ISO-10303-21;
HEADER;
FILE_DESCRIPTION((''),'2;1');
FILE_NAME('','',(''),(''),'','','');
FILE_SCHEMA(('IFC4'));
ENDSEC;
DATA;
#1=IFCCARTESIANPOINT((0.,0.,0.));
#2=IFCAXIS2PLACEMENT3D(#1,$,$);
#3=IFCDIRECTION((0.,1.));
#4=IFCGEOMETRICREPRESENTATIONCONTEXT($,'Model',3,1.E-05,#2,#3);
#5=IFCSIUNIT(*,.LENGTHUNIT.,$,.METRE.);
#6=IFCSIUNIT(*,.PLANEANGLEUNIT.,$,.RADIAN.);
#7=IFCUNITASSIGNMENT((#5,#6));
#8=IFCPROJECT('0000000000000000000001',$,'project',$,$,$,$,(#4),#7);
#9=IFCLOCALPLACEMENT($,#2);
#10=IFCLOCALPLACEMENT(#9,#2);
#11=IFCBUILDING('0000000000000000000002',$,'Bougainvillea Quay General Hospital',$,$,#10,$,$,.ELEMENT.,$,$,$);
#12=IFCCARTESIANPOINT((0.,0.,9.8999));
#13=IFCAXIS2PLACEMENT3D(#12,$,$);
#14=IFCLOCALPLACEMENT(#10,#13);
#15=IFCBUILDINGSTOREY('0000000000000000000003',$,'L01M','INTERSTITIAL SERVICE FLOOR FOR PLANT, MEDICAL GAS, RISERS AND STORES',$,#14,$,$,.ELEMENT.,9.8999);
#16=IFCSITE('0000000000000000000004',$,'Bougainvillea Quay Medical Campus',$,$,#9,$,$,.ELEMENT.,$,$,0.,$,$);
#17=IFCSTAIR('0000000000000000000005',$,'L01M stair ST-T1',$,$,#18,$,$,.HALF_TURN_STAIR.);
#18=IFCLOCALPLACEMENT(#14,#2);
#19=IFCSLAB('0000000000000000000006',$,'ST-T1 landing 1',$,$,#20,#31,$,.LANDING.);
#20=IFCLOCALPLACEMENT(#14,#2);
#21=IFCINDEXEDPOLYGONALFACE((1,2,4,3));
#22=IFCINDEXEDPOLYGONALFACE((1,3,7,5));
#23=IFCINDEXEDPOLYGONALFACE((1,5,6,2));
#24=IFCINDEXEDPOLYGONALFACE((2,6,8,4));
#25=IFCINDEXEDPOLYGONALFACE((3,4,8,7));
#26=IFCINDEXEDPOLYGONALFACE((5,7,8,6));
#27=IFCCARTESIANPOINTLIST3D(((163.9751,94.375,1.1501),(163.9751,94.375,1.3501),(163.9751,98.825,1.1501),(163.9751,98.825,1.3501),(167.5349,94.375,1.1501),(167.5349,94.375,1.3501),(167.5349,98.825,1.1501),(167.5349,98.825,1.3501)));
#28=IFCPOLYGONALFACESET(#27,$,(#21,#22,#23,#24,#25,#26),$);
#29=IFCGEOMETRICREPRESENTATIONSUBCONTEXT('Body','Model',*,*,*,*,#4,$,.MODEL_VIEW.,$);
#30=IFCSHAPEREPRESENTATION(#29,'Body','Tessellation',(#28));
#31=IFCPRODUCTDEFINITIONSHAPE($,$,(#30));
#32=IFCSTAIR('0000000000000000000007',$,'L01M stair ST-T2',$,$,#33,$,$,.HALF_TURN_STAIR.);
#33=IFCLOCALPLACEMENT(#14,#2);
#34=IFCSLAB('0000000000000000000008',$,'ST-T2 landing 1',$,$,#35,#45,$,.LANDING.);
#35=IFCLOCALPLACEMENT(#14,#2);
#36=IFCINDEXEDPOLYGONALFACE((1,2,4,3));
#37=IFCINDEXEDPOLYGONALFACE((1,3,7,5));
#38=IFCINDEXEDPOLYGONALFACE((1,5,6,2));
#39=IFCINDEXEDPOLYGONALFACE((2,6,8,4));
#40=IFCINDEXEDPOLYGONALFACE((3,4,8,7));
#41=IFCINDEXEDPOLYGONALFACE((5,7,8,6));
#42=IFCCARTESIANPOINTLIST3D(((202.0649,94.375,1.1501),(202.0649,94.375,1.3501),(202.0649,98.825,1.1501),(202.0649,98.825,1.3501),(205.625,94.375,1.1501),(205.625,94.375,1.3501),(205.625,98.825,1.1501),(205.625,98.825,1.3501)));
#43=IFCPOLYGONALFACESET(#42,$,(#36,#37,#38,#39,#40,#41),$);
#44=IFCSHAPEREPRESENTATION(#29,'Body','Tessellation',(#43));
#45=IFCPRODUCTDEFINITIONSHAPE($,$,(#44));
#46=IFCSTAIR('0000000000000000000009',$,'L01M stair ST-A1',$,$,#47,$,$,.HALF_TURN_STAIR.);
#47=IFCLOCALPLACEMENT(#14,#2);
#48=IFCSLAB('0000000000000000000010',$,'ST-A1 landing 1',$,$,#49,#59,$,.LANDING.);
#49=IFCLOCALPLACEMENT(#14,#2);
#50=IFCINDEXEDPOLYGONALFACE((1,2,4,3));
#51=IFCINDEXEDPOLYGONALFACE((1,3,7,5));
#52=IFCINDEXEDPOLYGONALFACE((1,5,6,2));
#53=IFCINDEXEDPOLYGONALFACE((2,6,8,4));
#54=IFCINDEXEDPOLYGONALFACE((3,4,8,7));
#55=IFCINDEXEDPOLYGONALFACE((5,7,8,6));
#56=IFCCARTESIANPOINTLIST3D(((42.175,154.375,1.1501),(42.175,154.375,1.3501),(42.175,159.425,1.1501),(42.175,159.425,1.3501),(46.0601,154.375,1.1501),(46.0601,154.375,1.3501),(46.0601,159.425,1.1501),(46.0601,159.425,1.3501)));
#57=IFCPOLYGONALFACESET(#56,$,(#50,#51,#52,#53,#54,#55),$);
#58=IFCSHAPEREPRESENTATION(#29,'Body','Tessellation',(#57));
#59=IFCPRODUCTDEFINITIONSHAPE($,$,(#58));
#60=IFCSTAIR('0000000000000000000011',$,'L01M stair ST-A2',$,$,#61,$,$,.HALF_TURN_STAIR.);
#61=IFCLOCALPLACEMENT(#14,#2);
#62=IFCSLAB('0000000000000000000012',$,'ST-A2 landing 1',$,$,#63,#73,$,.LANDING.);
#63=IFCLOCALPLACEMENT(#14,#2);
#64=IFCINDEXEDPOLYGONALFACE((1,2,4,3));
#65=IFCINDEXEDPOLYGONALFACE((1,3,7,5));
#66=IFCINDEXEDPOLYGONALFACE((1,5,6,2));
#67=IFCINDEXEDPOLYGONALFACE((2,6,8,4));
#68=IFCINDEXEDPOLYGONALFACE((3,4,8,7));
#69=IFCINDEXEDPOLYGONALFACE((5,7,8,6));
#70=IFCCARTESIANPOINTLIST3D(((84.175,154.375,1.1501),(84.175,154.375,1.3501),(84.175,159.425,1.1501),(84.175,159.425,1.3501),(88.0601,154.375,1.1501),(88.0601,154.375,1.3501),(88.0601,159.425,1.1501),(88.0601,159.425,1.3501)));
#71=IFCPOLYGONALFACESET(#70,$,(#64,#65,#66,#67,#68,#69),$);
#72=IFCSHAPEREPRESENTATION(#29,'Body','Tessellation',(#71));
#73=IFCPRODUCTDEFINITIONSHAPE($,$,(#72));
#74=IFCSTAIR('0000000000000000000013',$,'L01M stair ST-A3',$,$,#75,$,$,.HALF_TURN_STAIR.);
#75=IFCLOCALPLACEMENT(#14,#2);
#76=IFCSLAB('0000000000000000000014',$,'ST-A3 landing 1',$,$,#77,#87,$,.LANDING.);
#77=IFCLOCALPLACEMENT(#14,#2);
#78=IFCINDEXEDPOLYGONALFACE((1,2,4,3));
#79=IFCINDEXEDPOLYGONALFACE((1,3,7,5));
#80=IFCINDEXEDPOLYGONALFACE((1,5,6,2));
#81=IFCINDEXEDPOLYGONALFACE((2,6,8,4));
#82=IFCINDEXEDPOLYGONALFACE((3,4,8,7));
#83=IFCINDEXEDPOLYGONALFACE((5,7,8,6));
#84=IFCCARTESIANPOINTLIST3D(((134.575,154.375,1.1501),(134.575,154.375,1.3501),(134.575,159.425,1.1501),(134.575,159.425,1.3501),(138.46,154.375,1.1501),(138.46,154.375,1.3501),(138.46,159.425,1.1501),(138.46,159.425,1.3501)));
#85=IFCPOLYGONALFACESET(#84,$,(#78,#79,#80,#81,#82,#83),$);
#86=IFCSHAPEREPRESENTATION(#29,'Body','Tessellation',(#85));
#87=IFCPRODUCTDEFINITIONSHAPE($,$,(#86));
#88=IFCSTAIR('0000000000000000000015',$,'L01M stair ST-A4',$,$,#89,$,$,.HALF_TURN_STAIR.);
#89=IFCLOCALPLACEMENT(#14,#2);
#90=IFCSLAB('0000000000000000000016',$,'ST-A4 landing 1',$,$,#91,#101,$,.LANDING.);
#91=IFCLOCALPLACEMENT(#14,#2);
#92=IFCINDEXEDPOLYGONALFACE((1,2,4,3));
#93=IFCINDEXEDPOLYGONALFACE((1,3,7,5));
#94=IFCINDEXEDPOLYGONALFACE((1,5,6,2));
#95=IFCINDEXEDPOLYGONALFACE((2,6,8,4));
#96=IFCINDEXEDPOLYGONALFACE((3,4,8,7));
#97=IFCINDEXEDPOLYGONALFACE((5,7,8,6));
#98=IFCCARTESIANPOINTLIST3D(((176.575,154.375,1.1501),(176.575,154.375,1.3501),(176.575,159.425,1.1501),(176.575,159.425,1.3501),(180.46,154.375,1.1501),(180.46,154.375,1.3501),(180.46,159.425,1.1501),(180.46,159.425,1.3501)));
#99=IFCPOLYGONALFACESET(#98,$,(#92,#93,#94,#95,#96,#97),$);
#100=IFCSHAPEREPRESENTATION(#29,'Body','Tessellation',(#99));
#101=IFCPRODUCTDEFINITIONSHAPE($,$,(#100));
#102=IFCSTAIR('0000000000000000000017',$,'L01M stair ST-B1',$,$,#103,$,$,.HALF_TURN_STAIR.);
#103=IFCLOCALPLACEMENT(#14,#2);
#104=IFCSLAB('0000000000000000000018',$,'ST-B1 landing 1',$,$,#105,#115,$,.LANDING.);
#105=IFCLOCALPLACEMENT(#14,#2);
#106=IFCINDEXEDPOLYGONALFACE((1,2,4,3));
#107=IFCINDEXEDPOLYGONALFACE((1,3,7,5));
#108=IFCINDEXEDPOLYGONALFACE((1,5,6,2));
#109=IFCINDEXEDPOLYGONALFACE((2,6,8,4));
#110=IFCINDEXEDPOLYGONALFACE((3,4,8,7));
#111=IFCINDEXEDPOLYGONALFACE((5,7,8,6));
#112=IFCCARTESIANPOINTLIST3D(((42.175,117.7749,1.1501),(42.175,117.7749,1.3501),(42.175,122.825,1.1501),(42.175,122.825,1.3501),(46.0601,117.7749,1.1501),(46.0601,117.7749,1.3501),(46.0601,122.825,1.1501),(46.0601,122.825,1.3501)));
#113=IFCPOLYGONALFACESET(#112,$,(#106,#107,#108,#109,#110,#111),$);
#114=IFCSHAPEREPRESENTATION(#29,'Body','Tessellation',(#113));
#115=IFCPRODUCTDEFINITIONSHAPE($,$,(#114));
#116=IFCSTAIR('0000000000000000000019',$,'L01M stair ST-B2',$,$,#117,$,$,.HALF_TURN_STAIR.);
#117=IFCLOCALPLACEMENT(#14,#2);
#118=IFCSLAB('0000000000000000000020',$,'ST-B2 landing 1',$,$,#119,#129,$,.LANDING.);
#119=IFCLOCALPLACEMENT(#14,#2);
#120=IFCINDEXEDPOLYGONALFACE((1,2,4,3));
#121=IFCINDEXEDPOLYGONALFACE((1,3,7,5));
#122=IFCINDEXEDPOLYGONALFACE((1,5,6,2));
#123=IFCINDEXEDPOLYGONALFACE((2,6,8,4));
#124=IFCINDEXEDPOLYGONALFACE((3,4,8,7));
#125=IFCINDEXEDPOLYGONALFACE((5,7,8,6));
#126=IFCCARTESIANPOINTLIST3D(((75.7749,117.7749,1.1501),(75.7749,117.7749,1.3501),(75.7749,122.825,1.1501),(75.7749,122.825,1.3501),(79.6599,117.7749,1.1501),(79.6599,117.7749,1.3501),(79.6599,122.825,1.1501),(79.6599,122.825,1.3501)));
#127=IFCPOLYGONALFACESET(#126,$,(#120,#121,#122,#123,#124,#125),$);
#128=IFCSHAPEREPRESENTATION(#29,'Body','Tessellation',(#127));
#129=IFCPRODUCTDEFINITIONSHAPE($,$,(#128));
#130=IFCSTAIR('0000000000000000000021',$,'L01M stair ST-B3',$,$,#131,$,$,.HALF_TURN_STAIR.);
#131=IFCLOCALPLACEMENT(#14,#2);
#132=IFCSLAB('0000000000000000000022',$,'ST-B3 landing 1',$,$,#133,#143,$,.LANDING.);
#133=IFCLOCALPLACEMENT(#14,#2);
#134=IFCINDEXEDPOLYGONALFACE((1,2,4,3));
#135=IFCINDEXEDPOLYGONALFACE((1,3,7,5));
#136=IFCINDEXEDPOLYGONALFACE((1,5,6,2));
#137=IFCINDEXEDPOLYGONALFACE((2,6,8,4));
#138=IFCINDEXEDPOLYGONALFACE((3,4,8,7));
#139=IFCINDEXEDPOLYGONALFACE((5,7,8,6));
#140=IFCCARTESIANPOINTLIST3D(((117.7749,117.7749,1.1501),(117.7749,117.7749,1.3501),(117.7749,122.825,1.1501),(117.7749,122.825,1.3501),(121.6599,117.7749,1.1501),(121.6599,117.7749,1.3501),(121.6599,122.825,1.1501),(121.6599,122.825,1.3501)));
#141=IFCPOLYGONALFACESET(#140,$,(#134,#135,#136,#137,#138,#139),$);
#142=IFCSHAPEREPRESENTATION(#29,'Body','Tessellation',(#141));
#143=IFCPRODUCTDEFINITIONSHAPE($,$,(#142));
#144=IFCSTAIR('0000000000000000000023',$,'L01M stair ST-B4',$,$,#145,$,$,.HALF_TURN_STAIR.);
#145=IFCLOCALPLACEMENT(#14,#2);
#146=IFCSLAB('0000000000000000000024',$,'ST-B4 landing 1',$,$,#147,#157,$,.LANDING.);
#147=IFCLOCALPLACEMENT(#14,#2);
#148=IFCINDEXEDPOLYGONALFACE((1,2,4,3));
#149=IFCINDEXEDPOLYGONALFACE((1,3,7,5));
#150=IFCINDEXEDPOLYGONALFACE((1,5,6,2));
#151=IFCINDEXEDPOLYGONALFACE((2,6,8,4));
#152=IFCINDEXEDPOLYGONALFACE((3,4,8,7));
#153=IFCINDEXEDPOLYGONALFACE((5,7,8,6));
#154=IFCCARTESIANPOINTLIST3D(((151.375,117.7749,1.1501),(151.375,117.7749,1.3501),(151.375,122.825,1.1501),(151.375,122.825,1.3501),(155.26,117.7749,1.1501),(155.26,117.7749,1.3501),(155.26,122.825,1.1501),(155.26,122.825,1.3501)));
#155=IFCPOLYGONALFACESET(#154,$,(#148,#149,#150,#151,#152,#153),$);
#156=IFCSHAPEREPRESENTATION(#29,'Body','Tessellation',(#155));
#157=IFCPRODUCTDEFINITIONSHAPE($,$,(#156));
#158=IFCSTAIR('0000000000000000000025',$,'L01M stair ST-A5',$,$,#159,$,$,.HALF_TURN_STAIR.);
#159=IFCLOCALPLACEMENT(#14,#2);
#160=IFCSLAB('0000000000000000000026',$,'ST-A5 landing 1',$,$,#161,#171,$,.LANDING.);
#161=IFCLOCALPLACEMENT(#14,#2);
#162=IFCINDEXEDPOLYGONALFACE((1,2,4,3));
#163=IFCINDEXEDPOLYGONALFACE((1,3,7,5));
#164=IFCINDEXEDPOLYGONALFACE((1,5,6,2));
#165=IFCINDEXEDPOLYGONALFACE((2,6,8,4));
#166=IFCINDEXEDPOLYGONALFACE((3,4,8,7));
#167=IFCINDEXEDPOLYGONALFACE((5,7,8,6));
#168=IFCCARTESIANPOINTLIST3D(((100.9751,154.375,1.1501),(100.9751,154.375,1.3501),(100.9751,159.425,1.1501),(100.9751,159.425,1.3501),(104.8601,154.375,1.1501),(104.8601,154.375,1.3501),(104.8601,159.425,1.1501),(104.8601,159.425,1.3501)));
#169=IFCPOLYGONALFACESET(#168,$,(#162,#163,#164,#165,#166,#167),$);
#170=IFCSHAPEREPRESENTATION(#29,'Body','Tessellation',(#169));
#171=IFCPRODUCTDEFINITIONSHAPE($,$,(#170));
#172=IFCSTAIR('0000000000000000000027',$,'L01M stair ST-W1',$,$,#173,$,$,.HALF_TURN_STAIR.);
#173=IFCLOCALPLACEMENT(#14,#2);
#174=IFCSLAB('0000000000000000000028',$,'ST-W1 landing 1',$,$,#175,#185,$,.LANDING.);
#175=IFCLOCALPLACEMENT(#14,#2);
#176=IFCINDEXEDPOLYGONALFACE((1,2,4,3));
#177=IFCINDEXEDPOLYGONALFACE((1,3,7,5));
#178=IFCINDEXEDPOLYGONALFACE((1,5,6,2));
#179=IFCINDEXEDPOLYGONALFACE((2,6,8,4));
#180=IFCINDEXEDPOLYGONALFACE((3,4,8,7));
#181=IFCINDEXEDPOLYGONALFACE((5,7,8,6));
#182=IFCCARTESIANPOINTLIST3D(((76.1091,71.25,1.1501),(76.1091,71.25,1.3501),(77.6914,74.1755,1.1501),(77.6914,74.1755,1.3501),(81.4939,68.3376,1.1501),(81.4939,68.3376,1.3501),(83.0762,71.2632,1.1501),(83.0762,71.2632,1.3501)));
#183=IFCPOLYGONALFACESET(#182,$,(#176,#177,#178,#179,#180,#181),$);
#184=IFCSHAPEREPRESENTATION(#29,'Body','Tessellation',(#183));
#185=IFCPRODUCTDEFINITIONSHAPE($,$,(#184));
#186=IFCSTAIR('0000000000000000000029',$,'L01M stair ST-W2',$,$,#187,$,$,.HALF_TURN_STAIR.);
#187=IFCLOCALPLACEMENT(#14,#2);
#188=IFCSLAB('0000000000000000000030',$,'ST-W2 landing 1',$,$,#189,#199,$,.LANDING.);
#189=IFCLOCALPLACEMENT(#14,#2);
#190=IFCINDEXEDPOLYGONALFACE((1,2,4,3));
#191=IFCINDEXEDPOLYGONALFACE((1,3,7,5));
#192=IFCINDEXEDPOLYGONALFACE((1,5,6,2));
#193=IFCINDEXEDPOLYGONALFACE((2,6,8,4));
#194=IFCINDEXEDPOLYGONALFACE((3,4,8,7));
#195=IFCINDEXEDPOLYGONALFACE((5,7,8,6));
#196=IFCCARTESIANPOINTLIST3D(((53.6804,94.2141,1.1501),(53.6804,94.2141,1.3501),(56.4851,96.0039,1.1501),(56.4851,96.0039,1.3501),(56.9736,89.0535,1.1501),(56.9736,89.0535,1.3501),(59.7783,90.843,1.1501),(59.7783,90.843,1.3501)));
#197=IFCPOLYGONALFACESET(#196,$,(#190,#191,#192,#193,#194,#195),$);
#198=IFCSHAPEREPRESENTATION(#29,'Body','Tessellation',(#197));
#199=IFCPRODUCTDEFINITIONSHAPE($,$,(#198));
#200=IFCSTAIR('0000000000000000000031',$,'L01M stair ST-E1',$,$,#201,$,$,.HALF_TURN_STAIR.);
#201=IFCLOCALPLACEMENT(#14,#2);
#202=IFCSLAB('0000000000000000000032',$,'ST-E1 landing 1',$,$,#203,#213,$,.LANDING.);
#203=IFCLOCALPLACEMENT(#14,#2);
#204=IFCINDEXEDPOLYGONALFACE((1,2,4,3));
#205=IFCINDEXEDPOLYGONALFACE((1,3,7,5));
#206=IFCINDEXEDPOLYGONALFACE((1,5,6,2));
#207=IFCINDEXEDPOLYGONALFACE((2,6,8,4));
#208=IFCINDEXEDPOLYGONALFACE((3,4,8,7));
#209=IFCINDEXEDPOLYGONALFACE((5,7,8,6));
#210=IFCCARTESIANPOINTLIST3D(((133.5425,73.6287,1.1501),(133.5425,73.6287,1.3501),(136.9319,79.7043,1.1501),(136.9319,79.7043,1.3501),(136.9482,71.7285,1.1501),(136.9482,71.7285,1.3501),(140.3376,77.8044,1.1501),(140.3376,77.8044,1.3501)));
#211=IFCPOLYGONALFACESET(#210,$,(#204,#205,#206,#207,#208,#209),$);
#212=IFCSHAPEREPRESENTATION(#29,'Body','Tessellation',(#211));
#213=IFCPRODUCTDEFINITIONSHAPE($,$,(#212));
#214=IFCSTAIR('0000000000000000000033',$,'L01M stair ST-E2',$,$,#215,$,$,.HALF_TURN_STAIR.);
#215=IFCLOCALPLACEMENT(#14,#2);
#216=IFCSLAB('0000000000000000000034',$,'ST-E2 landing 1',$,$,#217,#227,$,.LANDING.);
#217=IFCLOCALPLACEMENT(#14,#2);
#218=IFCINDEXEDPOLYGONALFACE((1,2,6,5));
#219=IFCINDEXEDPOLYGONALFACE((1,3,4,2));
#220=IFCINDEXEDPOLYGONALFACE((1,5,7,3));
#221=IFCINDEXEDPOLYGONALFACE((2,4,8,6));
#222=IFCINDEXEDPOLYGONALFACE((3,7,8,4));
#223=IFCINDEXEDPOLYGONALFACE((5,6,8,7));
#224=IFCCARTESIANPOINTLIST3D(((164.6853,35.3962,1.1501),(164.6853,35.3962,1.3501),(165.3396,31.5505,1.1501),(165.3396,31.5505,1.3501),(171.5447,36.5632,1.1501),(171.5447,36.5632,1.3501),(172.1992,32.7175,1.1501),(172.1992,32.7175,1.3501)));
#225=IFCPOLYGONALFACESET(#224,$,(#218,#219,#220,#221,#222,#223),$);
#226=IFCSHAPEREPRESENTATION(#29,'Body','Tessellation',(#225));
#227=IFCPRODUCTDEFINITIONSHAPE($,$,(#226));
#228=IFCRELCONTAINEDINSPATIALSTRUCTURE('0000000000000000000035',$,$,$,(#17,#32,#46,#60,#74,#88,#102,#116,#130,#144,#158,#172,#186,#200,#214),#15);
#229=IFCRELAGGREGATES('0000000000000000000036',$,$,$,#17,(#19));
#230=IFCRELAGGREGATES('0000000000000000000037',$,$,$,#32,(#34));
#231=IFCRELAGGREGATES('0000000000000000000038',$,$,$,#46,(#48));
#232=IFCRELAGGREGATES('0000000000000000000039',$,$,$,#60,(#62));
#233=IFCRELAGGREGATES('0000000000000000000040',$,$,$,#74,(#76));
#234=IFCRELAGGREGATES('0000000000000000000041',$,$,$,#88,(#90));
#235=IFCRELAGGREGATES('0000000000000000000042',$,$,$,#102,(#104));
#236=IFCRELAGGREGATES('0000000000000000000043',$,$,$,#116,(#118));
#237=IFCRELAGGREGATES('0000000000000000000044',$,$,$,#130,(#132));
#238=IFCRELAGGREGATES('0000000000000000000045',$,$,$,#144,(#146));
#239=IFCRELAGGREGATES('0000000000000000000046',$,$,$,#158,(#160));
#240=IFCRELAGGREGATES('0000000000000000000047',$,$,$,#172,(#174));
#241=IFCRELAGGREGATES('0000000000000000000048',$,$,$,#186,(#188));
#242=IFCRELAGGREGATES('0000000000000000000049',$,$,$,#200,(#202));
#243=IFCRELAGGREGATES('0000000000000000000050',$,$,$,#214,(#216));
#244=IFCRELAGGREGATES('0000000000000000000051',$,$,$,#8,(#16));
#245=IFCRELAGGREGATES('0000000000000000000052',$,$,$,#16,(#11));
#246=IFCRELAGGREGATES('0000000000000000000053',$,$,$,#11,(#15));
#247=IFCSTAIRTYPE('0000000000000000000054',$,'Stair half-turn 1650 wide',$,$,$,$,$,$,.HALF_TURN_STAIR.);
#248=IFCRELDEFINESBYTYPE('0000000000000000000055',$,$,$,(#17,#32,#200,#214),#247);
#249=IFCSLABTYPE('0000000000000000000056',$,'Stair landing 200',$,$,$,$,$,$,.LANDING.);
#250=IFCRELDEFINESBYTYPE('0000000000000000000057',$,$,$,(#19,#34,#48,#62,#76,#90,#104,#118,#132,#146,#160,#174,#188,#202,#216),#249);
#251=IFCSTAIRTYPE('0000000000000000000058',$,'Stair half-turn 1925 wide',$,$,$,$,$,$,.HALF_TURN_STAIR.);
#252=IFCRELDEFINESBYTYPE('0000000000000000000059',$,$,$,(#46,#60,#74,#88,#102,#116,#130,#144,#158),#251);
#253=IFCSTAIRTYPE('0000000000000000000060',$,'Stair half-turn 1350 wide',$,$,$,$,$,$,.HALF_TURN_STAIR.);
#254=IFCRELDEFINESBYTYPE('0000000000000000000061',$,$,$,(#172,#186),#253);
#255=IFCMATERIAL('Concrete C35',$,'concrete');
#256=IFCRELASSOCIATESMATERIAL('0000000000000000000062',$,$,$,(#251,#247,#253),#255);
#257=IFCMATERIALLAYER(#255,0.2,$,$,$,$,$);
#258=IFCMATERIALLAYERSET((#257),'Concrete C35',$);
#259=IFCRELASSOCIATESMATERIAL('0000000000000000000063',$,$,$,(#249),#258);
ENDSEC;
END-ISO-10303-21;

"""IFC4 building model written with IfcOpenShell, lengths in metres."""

from ifc_helpers import new_model, si_unit, direction, frame, origin, place, context, subcontext, project, spatial, polyline, outline, extrude, material, layer, layer_set, type_object, element, aggregate, save


model = new_model("IFC4")

# Units and contexts
model_context = context("Model", 3, precision=1e-05, world=origin(), true_north=direction((0.0, 1.0)))
body_context = subcontext(model_context, "Body", "Model", "MODEL_VIEW")
ifc_project = project(units=[si_unit("LENGTHUNIT", "METRE"), si_unit("PLANEANGLEUNIT", "RADIAN")], contexts=[model_context])

# Site, building, storey
site_placement = place(None, origin())
site = spatial("IfcSite", under=ifc_project, at=site_placement, Name="Bougainvillea Quay Medical Campus", CompositionType="ELEMENT", RefElevation=0.0)
building_placement = place(site_placement, origin())
building = spatial("IfcBuilding", under=site, at=building_placement, Name="Bougainvillea Quay General Hospital", CompositionType="ELEMENT")
storey_placement = place(building_placement, frame((0.0, 0.0, 9.8999)))
storey = spatial("IfcBuildingStorey", under=building, at=storey_placement, Name="L01M", Description="INTERSTITIAL SERVICE FLOOR FOR PLANT, MEDICAL GAS, RISERS AND STORES", CompositionType="ELEMENT", Elevation=9.8999)

# Shared definitions
ifc_material_1 = material(Name="Concrete C35", Category="concrete")

# Stairs, slabs
stair_type_1 = type_object("IfcStairType", Name="Stair half-turn 1925 wide", PredefinedType="HALF_TURN_STAIR", material=ifc_material_1)
ifc_layer_1 = layer(ifc_material_1, 0.2)
ifc_layer_set_1 = layer_set([ifc_layer_1], Name="Concrete C35")
slab_type_1 = type_object("IfcSlabType", Name="Stair landing 200", PredefinedType="LANDING", material=ifc_layer_set_1)
stair_type_2 = type_object("IfcStairType", Name="Stair half-turn 1650 wide", PredefinedType="HALF_TURN_STAIR", material=ifc_material_1)
stair_1_placement = place(storey_placement, origin())
stair_1 = element("IfcStair", 1, at=stair_1_placement, inside=storey, type_object=stair_type_2, Name="L01M stair ST-T1", PredefinedType="HALF_TURN_STAIR")
slab_1_placement = place(storey_placement, frame((0.0, 0.0, 1.1501)))
slab_1 = element("IfcSlab", 2, at=slab_1_placement, type_object=slab_type_1, Name="ST-T1 landing 1", PredefinedType="LANDING", context=body_context, shape_type="SweptSolid", body=[
    extrude(outline(polyline([(167.5349, 98.825), (163.9751, 98.825), (163.9751, 94.375), (167.5349, 94.375), (167.5349, 98.825)])), origin(), (0.0, 0.0, 1.0), 0.2),
])
aggregate(stair_1, [slab_1])
stair_2_placement = place(storey_placement, origin())
stair_2 = element("IfcStair", 3, at=stair_2_placement, inside=storey, type_object=stair_type_2, Name="L01M stair ST-T2", PredefinedType="HALF_TURN_STAIR")
slab_2_placement = place(storey_placement, frame((0.0, 0.0, 1.1501)))
slab_2 = element("IfcSlab", 4, at=slab_2_placement, type_object=slab_type_1, Name="ST-T2 landing 1", PredefinedType="LANDING", context=body_context, shape_type="SweptSolid", body=[
    extrude(outline(polyline([(202.0649, 94.375), (205.625, 94.375), (205.625, 98.825), (202.0649, 98.825), (202.0649, 94.375)])), origin(), (0.0, 0.0, 1.0), 0.2),
])
aggregate(stair_2, [slab_2])
stair_3_placement = place(storey_placement, origin())
stair_3 = element("IfcStair", 5, at=stair_3_placement, inside=storey, type_object=stair_type_1, Name="L01M stair ST-A1", PredefinedType="HALF_TURN_STAIR")
slab_3_placement = place(storey_placement, frame((0.0, 0.0, 1.1501)))
slab_3 = element("IfcSlab", 6, at=slab_3_placement, type_object=slab_type_1, Name="ST-A1 landing 1", PredefinedType="LANDING", context=body_context, shape_type="SweptSolid", body=[
    extrude(outline(polyline([(46.0601, 159.425), (42.175, 159.425), (42.175, 154.375), (46.0601, 154.375), (46.0601, 159.425)])), origin(), (0.0, 0.0, 1.0), 0.2),
])
aggregate(stair_3, [slab_3])
stair_4_placement = place(storey_placement, origin())
stair_4 = element("IfcStair", 7, at=stair_4_placement, inside=storey, type_object=stair_type_1, Name="L01M stair ST-A2", PredefinedType="HALF_TURN_STAIR")
slab_4_placement = place(storey_placement, frame((0.0, 0.0, 1.1501)))
slab_4 = element("IfcSlab", 8, at=slab_4_placement, type_object=slab_type_1, Name="ST-A2 landing 1", PredefinedType="LANDING", context=body_context, shape_type="SweptSolid", body=[
    extrude(outline(polyline([(88.0601, 159.425), (84.175, 159.425), (84.175, 154.375), (88.0601, 154.375), (88.0601, 159.425)])), origin(), (0.0, 0.0, 1.0), 0.2),
])
aggregate(stair_4, [slab_4])
stair_5_placement = place(storey_placement, origin())
stair_5 = element("IfcStair", 9, at=stair_5_placement, inside=storey, type_object=stair_type_1, Name="L01M stair ST-A3", PredefinedType="HALF_TURN_STAIR")
slab_5_placement = place(storey_placement, frame((0.0, 0.0, 1.1501)))
slab_5 = element("IfcSlab", 10, at=slab_5_placement, type_object=slab_type_1, Name="ST-A3 landing 1", PredefinedType="LANDING", context=body_context, shape_type="SweptSolid", body=[
    extrude(outline(polyline([(138.46, 159.425), (134.575, 159.425), (134.575, 154.375), (138.46, 154.375), (138.46, 159.425)])), origin(), (0.0, 0.0, 1.0), 0.2),
])
aggregate(stair_5, [slab_5])
stair_6_placement = place(storey_placement, origin())
stair_6 = element("IfcStair", 11, at=stair_6_placement, inside=storey, type_object=stair_type_1, Name="L01M stair ST-A4", PredefinedType="HALF_TURN_STAIR")
slab_6_placement = place(storey_placement, frame((0.0, 0.0, 1.1501)))
slab_6 = element("IfcSlab", 12, at=slab_6_placement, type_object=slab_type_1, Name="ST-A4 landing 1", PredefinedType="LANDING", context=body_context, shape_type="SweptSolid", body=[
    extrude(outline(polyline([(180.46, 159.425), (176.575, 159.425), (176.575, 154.375), (180.46, 154.375), (180.46, 159.425)])), origin(), (0.0, 0.0, 1.0), 0.2),
])
aggregate(stair_6, [slab_6])
stair_7_placement = place(storey_placement, origin())
stair_7 = element("IfcStair", 13, at=stair_7_placement, inside=storey, type_object=stair_type_1, Name="L01M stair ST-B1", PredefinedType="HALF_TURN_STAIR")
slab_7_placement = place(storey_placement, frame((0.0, 0.0, 1.1501)))
slab_7 = element("IfcSlab", 14, at=slab_7_placement, type_object=slab_type_1, Name="ST-B1 landing 1", PredefinedType="LANDING", context=body_context, shape_type="SweptSolid", body=[
    extrude(outline(polyline([(46.0601, 122.825), (42.175, 122.825), (42.175, 117.7749), (46.0601, 117.7749), (46.0601, 122.825)])), origin(), (0.0, 0.0, 1.0), 0.2),
])
aggregate(stair_7, [slab_7])
stair_8_placement = place(storey_placement, origin())
stair_8 = element("IfcStair", 15, at=stair_8_placement, inside=storey, type_object=stair_type_1, Name="L01M stair ST-B2", PredefinedType="HALF_TURN_STAIR")
slab_8_placement = place(storey_placement, frame((0.0, 0.0, 1.1501)))
slab_8 = element("IfcSlab", 16, at=slab_8_placement, type_object=slab_type_1, Name="ST-B2 landing 1", PredefinedType="LANDING", context=body_context, shape_type="SweptSolid", body=[
    extrude(outline(polyline([(79.6599, 122.825), (75.7749, 122.825), (75.7749, 117.7749), (79.6599, 117.7749), (79.6599, 122.825)])), origin(), (0.0, 0.0, 1.0), 0.2),
])
aggregate(stair_8, [slab_8])
stair_9_placement = place(storey_placement, origin())
stair_9 = element("IfcStair", 17, at=stair_9_placement, inside=storey, type_object=stair_type_1, Name="L01M stair ST-B3", PredefinedType="HALF_TURN_STAIR")
slab_9_placement = place(storey_placement, frame((0.0, 0.0, 1.1501)))
slab_9 = element("IfcSlab", 18, at=slab_9_placement, type_object=slab_type_1, Name="ST-B3 landing 1", PredefinedType="LANDING", context=body_context, shape_type="SweptSolid", body=[
    extrude(outline(polyline([(121.6599, 122.825), (117.7749, 122.825), (117.7749, 117.7749), (121.6599, 117.7749), (121.6599, 122.825)])), origin(), (0.0, 0.0, 1.0), 0.2),
])
aggregate(stair_9, [slab_9])
stair_10_placement = place(storey_placement, origin())
stair_10 = element("IfcStair", 19, at=stair_10_placement, inside=storey, type_object=stair_type_1, Name="L01M stair ST-B4", PredefinedType="HALF_TURN_STAIR")
slab_10_placement = place(storey_placement, frame((0.0, 0.0, 1.1501)))
slab_10 = element("IfcSlab", 20, at=slab_10_placement, type_object=slab_type_1, Name="ST-B4 landing 1", PredefinedType="LANDING", context=body_context, shape_type="SweptSolid", body=[
    extrude(outline(polyline([(155.26, 122.825), (151.375, 122.825), (151.375, 117.7749), (155.26, 117.7749), (155.26, 122.825)])), origin(), (0.0, 0.0, 1.0), 0.2),
])
aggregate(stair_10, [slab_10])
stair_11_placement = place(storey_placement, origin())
stair_11 = element("IfcStair", 21, at=stair_11_placement, inside=storey, type_object=stair_type_1, Name="L01M stair ST-A5", PredefinedType="HALF_TURN_STAIR")
slab_11_placement = place(storey_placement, frame((0.0, 0.0, 1.1501)))
slab_11 = element("IfcSlab", 22, at=slab_11_placement, type_object=slab_type_1, Name="ST-A5 landing 1", PredefinedType="LANDING", context=body_context, shape_type="SweptSolid", body=[
    extrude(outline(polyline([(104.8601, 159.425), (100.9751, 159.425), (100.9751, 154.375), (104.8601, 154.375), (104.8601, 159.425)])), origin(), (0.0, 0.0, 1.0), 0.2),
])
aggregate(stair_11, [slab_11])
stair_type_3 = type_object("IfcStairType", Name="Stair half-turn 1350 wide", PredefinedType="HALF_TURN_STAIR", material=ifc_material_1)
stair_12_placement = place(storey_placement, origin())
stair_12 = element("IfcStair", 23, at=stair_12_placement, inside=storey, type_object=stair_type_3, Name="L01M stair ST-W1", PredefinedType="HALF_TURN_STAIR")
slab_12_placement = place(storey_placement, frame((0.0, 0.0, 1.1501)))
slab_12 = element("IfcSlab", 24, at=slab_12_placement, type_object=slab_type_1, Name="ST-W1 landing 1", PredefinedType="LANDING", context=body_context, shape_type="SweptSolid", body=[
    extrude(outline(polyline([(77.6914, 74.1755), (76.1091, 71.25), (81.4939, 68.3376), (83.0762, 71.2632), (77.6914, 74.1755)])), origin(), (0.0, 0.0, 1.0), 0.2),
])
aggregate(stair_12, [slab_12])
stair_13_placement = place(storey_placement, origin())
stair_13 = element("IfcStair", 25, at=stair_13_placement, inside=storey, type_object=stair_type_3, Name="L01M stair ST-W2", PredefinedType="HALF_TURN_STAIR")
slab_13_placement = place(storey_placement, frame((0.0, 0.0, 1.1501)))
slab_13 = element("IfcSlab", 26, at=slab_13_placement, type_object=slab_type_1, Name="ST-W2 landing 1", PredefinedType="LANDING", context=body_context, shape_type="SweptSolid", body=[
    extrude(outline(polyline([(56.4851, 96.0039), (53.6804, 94.2141), (56.9736, 89.0535), (59.7783, 90.843), (56.4851, 96.0039)])), origin(), (0.0, 0.0, 1.0), 0.2),
])
aggregate(stair_13, [slab_13])
stair_14_placement = place(storey_placement, origin())
stair_14 = element("IfcStair", 27, at=stair_14_placement, inside=storey, type_object=stair_type_2, Name="L01M stair ST-E1", PredefinedType="HALF_TURN_STAIR")
slab_14_placement = place(storey_placement, frame((0.0, 0.0, 1.1501)))
slab_14 = element("IfcSlab", 28, at=slab_14_placement, type_object=slab_type_1, Name="ST-E1 landing 1", PredefinedType="LANDING", context=body_context, shape_type="SweptSolid", body=[
    extrude(outline(polyline([(140.3376, 77.8044), (136.9319, 79.7043), (133.5425, 73.6287), (136.9482, 71.7285), (140.3376, 77.8044)])), origin(), (0.0, 0.0, 1.0), 0.2),
])
aggregate(stair_14, [slab_14])
stair_15_placement = place(storey_placement, origin())
stair_15 = element("IfcStair", 29, at=stair_15_placement, inside=storey, type_object=stair_type_2, Name="L01M stair ST-E2", PredefinedType="HALF_TURN_STAIR")
slab_15_placement = place(storey_placement, frame((0.0, 0.0, 1.1501)))
slab_15 = element("IfcSlab", 30, at=slab_15_placement, type_object=slab_type_1, Name="ST-E2 landing 1", PredefinedType="LANDING", context=body_context, shape_type="SweptSolid", body=[
    extrude(outline(polyline([(172.1992, 32.7175), (171.5447, 36.5632), (164.6853, 35.3962), (165.3396, 31.5505), (172.1992, 32.7175)])), origin(), (0.0, 0.0, 1.0), 0.2),
])
aggregate(stair_15, [slab_15])

save(model, "model.ifc")
